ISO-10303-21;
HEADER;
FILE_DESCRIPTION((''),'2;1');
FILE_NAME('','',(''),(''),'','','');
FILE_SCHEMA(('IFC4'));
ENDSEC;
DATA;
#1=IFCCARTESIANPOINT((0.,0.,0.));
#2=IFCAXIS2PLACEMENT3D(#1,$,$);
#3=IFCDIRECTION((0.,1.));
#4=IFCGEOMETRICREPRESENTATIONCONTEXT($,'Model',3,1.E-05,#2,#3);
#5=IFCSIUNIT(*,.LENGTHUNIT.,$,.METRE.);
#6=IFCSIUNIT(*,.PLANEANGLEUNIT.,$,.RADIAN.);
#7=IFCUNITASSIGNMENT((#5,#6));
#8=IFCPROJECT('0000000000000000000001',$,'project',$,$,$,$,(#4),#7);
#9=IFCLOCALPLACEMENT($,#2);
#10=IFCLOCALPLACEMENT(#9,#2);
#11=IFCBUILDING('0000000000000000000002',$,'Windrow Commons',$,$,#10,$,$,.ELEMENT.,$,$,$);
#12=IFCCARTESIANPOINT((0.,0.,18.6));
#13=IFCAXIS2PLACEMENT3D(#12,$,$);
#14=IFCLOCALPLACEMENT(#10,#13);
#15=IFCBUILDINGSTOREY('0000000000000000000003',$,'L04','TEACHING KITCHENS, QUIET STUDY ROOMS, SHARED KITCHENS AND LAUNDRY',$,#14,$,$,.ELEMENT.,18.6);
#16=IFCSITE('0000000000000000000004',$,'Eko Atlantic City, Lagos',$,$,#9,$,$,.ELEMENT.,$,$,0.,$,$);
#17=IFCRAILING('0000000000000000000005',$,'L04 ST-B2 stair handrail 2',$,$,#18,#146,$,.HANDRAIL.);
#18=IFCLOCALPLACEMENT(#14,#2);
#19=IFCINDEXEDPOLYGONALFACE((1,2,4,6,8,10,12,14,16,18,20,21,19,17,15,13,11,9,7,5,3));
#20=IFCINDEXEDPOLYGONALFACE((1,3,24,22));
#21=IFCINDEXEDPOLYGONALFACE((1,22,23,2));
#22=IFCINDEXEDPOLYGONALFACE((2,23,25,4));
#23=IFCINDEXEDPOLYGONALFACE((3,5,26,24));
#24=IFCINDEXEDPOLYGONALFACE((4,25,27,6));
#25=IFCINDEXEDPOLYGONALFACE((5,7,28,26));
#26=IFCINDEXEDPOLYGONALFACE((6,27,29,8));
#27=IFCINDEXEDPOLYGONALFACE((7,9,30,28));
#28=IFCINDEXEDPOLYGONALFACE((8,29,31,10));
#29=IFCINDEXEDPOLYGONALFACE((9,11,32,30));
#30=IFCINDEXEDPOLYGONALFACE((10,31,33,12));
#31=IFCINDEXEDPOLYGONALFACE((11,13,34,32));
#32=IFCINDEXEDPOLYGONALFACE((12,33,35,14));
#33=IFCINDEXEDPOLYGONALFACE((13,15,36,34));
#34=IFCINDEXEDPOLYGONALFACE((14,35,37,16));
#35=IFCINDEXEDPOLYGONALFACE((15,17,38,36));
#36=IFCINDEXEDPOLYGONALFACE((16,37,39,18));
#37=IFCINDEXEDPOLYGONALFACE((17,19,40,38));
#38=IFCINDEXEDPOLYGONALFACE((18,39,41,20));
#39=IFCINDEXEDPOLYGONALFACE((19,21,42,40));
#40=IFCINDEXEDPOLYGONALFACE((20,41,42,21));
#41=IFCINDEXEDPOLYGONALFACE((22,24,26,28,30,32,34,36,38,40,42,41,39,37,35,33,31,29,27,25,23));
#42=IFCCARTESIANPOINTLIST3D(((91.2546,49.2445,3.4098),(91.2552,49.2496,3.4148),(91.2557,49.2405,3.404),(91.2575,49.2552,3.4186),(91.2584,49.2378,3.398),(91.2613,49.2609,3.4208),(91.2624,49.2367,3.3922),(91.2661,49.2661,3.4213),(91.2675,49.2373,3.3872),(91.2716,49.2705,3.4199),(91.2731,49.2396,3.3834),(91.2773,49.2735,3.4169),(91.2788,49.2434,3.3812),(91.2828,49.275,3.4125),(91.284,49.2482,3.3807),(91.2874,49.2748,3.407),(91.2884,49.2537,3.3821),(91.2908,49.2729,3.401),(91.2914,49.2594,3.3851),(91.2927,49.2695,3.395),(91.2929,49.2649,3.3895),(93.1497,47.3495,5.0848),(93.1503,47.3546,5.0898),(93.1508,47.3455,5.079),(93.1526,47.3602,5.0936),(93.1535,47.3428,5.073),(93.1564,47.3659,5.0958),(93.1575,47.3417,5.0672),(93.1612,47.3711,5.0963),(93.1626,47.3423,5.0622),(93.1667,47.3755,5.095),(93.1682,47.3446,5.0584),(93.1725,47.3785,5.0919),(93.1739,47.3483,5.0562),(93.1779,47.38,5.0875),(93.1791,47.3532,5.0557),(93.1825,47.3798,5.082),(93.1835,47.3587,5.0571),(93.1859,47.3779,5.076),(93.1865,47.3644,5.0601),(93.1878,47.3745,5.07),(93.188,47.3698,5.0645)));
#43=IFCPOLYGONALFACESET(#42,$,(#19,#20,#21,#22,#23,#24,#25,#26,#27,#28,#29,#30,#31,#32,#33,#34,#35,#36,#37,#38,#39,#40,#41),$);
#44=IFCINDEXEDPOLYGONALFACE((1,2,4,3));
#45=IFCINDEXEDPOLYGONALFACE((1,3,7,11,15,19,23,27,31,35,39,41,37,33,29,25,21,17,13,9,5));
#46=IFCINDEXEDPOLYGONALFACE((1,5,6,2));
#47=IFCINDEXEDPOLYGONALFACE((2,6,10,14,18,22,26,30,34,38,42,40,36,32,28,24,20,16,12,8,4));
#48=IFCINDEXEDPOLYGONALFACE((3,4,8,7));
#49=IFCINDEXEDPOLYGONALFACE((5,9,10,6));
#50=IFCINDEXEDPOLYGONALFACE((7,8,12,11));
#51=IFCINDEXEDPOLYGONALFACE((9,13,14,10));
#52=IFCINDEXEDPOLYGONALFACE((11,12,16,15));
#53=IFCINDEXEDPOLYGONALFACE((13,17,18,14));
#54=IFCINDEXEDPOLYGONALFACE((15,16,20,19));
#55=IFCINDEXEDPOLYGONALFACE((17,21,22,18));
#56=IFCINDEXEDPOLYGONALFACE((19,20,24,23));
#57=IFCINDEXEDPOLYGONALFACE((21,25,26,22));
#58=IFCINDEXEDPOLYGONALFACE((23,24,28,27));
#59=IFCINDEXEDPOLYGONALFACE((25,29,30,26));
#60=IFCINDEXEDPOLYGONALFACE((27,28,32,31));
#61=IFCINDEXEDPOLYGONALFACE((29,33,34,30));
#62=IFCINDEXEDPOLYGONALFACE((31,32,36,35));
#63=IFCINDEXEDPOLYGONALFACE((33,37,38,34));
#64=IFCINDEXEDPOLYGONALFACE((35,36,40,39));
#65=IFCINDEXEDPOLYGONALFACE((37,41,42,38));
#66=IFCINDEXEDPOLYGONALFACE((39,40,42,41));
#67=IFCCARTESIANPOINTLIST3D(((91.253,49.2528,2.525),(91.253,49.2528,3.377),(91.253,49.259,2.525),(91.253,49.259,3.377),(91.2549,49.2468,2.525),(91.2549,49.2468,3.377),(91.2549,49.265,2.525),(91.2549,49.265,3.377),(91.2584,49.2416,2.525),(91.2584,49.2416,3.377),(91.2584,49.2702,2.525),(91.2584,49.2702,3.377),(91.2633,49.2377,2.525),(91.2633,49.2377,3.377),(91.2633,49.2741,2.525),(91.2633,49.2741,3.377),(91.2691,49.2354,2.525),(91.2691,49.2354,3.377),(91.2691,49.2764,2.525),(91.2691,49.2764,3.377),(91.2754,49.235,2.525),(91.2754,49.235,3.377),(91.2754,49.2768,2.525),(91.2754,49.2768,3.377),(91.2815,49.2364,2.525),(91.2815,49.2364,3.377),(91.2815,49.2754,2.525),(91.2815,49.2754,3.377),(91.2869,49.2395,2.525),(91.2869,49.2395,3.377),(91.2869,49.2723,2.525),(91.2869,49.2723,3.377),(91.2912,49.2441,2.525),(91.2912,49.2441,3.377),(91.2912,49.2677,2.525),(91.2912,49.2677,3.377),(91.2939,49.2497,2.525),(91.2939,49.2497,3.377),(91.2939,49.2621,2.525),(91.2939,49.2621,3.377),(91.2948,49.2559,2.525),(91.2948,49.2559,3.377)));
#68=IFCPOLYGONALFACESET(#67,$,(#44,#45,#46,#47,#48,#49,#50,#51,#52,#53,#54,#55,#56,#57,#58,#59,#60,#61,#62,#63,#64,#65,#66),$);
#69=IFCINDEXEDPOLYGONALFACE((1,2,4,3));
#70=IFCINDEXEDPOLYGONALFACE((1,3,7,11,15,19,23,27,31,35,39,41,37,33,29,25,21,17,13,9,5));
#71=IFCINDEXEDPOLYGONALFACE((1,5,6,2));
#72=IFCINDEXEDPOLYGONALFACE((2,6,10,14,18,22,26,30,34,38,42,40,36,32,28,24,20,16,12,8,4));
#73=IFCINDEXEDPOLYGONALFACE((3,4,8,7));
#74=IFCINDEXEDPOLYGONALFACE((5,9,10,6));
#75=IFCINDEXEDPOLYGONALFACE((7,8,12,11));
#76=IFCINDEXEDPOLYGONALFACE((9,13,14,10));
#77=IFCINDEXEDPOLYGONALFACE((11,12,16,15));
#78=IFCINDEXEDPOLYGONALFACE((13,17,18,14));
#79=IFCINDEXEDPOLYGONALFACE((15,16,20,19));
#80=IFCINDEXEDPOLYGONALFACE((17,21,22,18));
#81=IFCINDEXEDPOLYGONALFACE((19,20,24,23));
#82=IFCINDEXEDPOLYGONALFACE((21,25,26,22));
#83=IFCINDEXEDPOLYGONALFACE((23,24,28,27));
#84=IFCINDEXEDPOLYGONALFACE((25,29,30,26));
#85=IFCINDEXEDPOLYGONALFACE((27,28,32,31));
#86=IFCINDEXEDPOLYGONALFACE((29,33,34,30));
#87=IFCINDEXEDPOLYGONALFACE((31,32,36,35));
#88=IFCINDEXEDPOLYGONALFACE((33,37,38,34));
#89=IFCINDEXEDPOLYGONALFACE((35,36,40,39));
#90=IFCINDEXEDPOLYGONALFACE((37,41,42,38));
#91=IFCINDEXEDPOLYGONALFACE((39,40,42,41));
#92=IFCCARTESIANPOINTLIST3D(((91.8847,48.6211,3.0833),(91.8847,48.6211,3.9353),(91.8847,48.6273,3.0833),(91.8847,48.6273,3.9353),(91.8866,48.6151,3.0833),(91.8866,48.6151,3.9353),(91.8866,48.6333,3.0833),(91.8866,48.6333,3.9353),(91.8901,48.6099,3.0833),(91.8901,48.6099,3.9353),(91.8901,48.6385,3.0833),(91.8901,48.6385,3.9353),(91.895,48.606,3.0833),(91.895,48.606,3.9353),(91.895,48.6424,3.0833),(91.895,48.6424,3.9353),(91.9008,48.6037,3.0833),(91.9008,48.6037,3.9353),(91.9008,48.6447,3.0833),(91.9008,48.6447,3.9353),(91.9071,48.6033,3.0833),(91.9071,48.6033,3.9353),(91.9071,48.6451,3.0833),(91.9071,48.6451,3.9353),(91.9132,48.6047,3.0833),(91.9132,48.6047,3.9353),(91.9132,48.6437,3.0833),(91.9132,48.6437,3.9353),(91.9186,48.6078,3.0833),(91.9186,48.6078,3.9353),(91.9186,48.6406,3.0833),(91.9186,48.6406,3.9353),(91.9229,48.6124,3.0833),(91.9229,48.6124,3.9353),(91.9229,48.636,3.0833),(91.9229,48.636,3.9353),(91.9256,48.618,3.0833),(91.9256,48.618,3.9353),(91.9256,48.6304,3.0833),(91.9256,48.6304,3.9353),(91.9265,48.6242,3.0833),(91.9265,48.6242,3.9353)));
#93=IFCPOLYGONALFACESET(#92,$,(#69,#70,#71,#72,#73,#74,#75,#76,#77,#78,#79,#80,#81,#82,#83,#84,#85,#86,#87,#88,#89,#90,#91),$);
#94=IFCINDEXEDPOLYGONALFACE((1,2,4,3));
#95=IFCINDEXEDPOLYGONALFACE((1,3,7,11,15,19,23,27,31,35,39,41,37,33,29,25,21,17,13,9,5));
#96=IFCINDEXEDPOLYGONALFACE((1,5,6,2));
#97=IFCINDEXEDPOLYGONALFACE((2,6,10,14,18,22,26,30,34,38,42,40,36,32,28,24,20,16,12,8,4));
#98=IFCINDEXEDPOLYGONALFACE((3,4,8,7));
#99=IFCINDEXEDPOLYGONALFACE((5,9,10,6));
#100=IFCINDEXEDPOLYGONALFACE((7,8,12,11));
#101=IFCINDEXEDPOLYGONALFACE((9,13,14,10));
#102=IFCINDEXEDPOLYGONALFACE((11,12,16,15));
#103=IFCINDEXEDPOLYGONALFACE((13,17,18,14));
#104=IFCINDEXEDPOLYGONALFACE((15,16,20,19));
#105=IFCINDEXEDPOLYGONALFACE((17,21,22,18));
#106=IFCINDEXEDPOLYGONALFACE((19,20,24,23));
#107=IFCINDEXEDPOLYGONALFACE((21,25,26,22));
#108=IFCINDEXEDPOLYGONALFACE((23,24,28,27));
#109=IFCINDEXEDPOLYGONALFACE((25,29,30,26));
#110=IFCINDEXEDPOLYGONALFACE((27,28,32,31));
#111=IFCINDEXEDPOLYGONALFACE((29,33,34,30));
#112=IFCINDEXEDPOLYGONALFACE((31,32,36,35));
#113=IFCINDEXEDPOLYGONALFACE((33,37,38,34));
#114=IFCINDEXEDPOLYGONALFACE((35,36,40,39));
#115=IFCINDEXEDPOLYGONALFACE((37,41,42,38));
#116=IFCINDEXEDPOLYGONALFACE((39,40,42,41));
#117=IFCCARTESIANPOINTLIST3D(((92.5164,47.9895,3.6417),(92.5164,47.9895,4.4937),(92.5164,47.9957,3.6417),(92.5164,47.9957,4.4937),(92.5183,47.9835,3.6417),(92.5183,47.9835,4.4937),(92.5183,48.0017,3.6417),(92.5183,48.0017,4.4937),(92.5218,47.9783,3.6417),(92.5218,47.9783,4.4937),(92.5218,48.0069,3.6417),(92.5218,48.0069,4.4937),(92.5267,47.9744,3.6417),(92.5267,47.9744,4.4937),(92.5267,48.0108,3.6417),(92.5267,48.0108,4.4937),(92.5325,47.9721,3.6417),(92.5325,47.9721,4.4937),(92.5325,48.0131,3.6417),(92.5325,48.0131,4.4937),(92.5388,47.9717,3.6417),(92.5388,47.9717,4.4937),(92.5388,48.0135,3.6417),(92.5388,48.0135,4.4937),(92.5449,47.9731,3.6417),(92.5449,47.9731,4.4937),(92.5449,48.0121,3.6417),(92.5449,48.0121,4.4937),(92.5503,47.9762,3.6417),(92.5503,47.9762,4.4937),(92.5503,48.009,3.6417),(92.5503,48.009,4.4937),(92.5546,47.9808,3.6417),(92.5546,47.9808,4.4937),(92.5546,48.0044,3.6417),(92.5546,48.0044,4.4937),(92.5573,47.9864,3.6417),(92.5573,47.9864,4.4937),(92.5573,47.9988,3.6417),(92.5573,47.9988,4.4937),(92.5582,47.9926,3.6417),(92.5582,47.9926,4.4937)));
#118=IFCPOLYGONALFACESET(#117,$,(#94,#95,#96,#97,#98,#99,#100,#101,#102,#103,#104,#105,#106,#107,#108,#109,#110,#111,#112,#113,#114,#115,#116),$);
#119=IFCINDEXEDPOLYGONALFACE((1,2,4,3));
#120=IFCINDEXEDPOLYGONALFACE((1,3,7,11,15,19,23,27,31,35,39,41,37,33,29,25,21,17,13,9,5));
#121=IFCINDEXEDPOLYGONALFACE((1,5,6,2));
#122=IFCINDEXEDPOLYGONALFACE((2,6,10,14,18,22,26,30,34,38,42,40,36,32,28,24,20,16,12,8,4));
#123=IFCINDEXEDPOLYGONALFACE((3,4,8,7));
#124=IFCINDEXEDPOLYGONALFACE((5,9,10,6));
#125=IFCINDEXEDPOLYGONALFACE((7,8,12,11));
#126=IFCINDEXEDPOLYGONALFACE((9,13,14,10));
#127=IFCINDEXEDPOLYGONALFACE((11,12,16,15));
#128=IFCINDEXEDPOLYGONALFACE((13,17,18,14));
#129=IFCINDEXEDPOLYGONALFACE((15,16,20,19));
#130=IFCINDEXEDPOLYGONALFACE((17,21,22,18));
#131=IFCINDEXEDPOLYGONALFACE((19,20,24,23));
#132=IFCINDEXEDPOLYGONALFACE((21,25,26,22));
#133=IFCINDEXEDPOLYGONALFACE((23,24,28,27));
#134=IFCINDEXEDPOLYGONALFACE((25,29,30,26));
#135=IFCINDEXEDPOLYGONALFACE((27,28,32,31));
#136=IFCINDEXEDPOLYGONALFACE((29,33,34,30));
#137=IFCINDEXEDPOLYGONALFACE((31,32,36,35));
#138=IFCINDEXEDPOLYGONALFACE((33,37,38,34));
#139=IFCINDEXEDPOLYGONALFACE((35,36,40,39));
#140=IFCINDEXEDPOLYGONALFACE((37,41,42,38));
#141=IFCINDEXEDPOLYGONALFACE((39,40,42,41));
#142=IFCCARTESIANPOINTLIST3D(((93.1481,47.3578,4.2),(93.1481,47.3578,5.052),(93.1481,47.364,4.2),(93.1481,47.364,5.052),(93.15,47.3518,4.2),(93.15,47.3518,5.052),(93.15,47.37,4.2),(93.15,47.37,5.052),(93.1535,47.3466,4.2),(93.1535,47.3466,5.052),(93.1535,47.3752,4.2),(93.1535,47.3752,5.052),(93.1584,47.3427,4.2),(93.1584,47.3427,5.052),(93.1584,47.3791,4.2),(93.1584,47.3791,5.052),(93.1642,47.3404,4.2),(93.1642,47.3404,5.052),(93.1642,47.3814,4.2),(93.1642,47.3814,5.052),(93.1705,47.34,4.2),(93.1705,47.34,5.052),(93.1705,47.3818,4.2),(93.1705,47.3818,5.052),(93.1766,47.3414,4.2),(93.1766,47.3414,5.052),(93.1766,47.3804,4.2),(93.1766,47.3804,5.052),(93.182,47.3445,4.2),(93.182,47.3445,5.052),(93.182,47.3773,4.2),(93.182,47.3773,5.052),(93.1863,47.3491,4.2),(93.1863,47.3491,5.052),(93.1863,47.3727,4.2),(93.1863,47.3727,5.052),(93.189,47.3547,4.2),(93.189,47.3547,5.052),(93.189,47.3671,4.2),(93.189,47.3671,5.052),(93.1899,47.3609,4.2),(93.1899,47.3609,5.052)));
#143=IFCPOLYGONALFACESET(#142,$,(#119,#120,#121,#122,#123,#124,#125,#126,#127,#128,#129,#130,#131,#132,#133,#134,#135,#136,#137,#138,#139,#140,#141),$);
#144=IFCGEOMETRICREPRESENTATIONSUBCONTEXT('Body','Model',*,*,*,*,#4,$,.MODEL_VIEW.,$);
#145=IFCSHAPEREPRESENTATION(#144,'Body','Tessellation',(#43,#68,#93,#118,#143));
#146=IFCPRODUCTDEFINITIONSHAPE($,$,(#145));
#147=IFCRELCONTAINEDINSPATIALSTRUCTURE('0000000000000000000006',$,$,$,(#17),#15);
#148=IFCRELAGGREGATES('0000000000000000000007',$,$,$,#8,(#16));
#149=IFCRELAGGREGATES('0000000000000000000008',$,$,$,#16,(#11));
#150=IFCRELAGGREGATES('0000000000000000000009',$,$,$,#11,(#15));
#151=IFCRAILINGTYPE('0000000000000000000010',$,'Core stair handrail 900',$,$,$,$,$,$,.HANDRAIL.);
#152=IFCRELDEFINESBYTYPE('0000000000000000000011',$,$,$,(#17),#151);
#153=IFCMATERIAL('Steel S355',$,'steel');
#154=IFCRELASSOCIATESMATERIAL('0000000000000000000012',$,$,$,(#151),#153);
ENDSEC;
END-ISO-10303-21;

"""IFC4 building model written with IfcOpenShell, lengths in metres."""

from ifc_helpers import new_model, si_unit, direction, frame, origin, origin_2d, place, context, subcontext, project, spatial, circle, extrude, material, type_object, element, save


model = new_model("IFC4")

# Units and contexts
model_context = context("Model", 3, precision=1e-05, world=origin(), true_north=direction((0.0, 1.0)))
body_context = subcontext(model_context, "Body", "Model", "MODEL_VIEW")
ifc_project = project(units=[si_unit("LENGTHUNIT", "METRE"), si_unit("PLANEANGLEUNIT", "RADIAN")], contexts=[model_context])

# Site, building, storey
site_placement = place(None, origin())
site = spatial("IfcSite", under=ifc_project, at=site_placement, Name="Eko Atlantic City, Lagos", CompositionType="ELEMENT", RefElevation=0.0)
building_placement = place(site_placement, origin())
building = spatial("IfcBuilding", under=site, at=building_placement, Name="Windrow Commons", CompositionType="ELEMENT")
storey_placement = place(building_placement, frame((0.0, 0.0, 18.6)))
storey = spatial("IfcBuildingStorey", under=building, at=storey_placement, Name="L04", Description="TEACHING KITCHENS, QUIET STUDY ROOMS, SHARED KITCHENS AND LAUNDRY", CompositionType="ELEMENT", Elevation=18.6)

# Railing
ifc_material_1 = material(Name="Steel S355", Category="steel")
railing_type_1 = type_object("IfcRailingType", Name="Core stair handrail 900", PredefinedType="HANDRAIL", material=ifc_material_1)
railing_1_placement = place(storey_placement, frame((91.2738, 49.2559, 2.525)))
element("IfcRailing", 1, at=railing_1_placement, inside=storey, type_object=railing_type_1, Name="L04 ST-B2 stair handrail 2", PredefinedType="HANDRAIL", context=body_context, shape_type="SweptSolid", body=[
    extrude(circle(Radius=0.024, at=origin_2d()), frame((0.0, 0.0, 0.876), z_axis=(0.599642, -0.59961, 0.529998), x_axis=(0.707088, 0.707125, 0.0)), (0.0, 0.0, 1.0), 3.1604),
    extrude(circle(Radius=0.021, at=origin_2d()), origin(), (0.0, 0.0, 1.0), 0.852),
    extrude(circle(Radius=0.021, at=origin_2d()), frame((0.6317, -0.6317, 0.5583)), (0.0, 0.0, 1.0), 0.852),
    extrude(circle(Radius=0.021, at=origin_2d()), frame((1.2634, -1.2633, 1.1167)), (0.0, 0.0, 1.0), 0.852),
    extrude(circle(Radius=0.021, at=origin_2d()), frame((1.8951, -1.895, 1.675)), (0.0, 0.0, 1.0), 0.852),
])

save(model, "model.ifc")
